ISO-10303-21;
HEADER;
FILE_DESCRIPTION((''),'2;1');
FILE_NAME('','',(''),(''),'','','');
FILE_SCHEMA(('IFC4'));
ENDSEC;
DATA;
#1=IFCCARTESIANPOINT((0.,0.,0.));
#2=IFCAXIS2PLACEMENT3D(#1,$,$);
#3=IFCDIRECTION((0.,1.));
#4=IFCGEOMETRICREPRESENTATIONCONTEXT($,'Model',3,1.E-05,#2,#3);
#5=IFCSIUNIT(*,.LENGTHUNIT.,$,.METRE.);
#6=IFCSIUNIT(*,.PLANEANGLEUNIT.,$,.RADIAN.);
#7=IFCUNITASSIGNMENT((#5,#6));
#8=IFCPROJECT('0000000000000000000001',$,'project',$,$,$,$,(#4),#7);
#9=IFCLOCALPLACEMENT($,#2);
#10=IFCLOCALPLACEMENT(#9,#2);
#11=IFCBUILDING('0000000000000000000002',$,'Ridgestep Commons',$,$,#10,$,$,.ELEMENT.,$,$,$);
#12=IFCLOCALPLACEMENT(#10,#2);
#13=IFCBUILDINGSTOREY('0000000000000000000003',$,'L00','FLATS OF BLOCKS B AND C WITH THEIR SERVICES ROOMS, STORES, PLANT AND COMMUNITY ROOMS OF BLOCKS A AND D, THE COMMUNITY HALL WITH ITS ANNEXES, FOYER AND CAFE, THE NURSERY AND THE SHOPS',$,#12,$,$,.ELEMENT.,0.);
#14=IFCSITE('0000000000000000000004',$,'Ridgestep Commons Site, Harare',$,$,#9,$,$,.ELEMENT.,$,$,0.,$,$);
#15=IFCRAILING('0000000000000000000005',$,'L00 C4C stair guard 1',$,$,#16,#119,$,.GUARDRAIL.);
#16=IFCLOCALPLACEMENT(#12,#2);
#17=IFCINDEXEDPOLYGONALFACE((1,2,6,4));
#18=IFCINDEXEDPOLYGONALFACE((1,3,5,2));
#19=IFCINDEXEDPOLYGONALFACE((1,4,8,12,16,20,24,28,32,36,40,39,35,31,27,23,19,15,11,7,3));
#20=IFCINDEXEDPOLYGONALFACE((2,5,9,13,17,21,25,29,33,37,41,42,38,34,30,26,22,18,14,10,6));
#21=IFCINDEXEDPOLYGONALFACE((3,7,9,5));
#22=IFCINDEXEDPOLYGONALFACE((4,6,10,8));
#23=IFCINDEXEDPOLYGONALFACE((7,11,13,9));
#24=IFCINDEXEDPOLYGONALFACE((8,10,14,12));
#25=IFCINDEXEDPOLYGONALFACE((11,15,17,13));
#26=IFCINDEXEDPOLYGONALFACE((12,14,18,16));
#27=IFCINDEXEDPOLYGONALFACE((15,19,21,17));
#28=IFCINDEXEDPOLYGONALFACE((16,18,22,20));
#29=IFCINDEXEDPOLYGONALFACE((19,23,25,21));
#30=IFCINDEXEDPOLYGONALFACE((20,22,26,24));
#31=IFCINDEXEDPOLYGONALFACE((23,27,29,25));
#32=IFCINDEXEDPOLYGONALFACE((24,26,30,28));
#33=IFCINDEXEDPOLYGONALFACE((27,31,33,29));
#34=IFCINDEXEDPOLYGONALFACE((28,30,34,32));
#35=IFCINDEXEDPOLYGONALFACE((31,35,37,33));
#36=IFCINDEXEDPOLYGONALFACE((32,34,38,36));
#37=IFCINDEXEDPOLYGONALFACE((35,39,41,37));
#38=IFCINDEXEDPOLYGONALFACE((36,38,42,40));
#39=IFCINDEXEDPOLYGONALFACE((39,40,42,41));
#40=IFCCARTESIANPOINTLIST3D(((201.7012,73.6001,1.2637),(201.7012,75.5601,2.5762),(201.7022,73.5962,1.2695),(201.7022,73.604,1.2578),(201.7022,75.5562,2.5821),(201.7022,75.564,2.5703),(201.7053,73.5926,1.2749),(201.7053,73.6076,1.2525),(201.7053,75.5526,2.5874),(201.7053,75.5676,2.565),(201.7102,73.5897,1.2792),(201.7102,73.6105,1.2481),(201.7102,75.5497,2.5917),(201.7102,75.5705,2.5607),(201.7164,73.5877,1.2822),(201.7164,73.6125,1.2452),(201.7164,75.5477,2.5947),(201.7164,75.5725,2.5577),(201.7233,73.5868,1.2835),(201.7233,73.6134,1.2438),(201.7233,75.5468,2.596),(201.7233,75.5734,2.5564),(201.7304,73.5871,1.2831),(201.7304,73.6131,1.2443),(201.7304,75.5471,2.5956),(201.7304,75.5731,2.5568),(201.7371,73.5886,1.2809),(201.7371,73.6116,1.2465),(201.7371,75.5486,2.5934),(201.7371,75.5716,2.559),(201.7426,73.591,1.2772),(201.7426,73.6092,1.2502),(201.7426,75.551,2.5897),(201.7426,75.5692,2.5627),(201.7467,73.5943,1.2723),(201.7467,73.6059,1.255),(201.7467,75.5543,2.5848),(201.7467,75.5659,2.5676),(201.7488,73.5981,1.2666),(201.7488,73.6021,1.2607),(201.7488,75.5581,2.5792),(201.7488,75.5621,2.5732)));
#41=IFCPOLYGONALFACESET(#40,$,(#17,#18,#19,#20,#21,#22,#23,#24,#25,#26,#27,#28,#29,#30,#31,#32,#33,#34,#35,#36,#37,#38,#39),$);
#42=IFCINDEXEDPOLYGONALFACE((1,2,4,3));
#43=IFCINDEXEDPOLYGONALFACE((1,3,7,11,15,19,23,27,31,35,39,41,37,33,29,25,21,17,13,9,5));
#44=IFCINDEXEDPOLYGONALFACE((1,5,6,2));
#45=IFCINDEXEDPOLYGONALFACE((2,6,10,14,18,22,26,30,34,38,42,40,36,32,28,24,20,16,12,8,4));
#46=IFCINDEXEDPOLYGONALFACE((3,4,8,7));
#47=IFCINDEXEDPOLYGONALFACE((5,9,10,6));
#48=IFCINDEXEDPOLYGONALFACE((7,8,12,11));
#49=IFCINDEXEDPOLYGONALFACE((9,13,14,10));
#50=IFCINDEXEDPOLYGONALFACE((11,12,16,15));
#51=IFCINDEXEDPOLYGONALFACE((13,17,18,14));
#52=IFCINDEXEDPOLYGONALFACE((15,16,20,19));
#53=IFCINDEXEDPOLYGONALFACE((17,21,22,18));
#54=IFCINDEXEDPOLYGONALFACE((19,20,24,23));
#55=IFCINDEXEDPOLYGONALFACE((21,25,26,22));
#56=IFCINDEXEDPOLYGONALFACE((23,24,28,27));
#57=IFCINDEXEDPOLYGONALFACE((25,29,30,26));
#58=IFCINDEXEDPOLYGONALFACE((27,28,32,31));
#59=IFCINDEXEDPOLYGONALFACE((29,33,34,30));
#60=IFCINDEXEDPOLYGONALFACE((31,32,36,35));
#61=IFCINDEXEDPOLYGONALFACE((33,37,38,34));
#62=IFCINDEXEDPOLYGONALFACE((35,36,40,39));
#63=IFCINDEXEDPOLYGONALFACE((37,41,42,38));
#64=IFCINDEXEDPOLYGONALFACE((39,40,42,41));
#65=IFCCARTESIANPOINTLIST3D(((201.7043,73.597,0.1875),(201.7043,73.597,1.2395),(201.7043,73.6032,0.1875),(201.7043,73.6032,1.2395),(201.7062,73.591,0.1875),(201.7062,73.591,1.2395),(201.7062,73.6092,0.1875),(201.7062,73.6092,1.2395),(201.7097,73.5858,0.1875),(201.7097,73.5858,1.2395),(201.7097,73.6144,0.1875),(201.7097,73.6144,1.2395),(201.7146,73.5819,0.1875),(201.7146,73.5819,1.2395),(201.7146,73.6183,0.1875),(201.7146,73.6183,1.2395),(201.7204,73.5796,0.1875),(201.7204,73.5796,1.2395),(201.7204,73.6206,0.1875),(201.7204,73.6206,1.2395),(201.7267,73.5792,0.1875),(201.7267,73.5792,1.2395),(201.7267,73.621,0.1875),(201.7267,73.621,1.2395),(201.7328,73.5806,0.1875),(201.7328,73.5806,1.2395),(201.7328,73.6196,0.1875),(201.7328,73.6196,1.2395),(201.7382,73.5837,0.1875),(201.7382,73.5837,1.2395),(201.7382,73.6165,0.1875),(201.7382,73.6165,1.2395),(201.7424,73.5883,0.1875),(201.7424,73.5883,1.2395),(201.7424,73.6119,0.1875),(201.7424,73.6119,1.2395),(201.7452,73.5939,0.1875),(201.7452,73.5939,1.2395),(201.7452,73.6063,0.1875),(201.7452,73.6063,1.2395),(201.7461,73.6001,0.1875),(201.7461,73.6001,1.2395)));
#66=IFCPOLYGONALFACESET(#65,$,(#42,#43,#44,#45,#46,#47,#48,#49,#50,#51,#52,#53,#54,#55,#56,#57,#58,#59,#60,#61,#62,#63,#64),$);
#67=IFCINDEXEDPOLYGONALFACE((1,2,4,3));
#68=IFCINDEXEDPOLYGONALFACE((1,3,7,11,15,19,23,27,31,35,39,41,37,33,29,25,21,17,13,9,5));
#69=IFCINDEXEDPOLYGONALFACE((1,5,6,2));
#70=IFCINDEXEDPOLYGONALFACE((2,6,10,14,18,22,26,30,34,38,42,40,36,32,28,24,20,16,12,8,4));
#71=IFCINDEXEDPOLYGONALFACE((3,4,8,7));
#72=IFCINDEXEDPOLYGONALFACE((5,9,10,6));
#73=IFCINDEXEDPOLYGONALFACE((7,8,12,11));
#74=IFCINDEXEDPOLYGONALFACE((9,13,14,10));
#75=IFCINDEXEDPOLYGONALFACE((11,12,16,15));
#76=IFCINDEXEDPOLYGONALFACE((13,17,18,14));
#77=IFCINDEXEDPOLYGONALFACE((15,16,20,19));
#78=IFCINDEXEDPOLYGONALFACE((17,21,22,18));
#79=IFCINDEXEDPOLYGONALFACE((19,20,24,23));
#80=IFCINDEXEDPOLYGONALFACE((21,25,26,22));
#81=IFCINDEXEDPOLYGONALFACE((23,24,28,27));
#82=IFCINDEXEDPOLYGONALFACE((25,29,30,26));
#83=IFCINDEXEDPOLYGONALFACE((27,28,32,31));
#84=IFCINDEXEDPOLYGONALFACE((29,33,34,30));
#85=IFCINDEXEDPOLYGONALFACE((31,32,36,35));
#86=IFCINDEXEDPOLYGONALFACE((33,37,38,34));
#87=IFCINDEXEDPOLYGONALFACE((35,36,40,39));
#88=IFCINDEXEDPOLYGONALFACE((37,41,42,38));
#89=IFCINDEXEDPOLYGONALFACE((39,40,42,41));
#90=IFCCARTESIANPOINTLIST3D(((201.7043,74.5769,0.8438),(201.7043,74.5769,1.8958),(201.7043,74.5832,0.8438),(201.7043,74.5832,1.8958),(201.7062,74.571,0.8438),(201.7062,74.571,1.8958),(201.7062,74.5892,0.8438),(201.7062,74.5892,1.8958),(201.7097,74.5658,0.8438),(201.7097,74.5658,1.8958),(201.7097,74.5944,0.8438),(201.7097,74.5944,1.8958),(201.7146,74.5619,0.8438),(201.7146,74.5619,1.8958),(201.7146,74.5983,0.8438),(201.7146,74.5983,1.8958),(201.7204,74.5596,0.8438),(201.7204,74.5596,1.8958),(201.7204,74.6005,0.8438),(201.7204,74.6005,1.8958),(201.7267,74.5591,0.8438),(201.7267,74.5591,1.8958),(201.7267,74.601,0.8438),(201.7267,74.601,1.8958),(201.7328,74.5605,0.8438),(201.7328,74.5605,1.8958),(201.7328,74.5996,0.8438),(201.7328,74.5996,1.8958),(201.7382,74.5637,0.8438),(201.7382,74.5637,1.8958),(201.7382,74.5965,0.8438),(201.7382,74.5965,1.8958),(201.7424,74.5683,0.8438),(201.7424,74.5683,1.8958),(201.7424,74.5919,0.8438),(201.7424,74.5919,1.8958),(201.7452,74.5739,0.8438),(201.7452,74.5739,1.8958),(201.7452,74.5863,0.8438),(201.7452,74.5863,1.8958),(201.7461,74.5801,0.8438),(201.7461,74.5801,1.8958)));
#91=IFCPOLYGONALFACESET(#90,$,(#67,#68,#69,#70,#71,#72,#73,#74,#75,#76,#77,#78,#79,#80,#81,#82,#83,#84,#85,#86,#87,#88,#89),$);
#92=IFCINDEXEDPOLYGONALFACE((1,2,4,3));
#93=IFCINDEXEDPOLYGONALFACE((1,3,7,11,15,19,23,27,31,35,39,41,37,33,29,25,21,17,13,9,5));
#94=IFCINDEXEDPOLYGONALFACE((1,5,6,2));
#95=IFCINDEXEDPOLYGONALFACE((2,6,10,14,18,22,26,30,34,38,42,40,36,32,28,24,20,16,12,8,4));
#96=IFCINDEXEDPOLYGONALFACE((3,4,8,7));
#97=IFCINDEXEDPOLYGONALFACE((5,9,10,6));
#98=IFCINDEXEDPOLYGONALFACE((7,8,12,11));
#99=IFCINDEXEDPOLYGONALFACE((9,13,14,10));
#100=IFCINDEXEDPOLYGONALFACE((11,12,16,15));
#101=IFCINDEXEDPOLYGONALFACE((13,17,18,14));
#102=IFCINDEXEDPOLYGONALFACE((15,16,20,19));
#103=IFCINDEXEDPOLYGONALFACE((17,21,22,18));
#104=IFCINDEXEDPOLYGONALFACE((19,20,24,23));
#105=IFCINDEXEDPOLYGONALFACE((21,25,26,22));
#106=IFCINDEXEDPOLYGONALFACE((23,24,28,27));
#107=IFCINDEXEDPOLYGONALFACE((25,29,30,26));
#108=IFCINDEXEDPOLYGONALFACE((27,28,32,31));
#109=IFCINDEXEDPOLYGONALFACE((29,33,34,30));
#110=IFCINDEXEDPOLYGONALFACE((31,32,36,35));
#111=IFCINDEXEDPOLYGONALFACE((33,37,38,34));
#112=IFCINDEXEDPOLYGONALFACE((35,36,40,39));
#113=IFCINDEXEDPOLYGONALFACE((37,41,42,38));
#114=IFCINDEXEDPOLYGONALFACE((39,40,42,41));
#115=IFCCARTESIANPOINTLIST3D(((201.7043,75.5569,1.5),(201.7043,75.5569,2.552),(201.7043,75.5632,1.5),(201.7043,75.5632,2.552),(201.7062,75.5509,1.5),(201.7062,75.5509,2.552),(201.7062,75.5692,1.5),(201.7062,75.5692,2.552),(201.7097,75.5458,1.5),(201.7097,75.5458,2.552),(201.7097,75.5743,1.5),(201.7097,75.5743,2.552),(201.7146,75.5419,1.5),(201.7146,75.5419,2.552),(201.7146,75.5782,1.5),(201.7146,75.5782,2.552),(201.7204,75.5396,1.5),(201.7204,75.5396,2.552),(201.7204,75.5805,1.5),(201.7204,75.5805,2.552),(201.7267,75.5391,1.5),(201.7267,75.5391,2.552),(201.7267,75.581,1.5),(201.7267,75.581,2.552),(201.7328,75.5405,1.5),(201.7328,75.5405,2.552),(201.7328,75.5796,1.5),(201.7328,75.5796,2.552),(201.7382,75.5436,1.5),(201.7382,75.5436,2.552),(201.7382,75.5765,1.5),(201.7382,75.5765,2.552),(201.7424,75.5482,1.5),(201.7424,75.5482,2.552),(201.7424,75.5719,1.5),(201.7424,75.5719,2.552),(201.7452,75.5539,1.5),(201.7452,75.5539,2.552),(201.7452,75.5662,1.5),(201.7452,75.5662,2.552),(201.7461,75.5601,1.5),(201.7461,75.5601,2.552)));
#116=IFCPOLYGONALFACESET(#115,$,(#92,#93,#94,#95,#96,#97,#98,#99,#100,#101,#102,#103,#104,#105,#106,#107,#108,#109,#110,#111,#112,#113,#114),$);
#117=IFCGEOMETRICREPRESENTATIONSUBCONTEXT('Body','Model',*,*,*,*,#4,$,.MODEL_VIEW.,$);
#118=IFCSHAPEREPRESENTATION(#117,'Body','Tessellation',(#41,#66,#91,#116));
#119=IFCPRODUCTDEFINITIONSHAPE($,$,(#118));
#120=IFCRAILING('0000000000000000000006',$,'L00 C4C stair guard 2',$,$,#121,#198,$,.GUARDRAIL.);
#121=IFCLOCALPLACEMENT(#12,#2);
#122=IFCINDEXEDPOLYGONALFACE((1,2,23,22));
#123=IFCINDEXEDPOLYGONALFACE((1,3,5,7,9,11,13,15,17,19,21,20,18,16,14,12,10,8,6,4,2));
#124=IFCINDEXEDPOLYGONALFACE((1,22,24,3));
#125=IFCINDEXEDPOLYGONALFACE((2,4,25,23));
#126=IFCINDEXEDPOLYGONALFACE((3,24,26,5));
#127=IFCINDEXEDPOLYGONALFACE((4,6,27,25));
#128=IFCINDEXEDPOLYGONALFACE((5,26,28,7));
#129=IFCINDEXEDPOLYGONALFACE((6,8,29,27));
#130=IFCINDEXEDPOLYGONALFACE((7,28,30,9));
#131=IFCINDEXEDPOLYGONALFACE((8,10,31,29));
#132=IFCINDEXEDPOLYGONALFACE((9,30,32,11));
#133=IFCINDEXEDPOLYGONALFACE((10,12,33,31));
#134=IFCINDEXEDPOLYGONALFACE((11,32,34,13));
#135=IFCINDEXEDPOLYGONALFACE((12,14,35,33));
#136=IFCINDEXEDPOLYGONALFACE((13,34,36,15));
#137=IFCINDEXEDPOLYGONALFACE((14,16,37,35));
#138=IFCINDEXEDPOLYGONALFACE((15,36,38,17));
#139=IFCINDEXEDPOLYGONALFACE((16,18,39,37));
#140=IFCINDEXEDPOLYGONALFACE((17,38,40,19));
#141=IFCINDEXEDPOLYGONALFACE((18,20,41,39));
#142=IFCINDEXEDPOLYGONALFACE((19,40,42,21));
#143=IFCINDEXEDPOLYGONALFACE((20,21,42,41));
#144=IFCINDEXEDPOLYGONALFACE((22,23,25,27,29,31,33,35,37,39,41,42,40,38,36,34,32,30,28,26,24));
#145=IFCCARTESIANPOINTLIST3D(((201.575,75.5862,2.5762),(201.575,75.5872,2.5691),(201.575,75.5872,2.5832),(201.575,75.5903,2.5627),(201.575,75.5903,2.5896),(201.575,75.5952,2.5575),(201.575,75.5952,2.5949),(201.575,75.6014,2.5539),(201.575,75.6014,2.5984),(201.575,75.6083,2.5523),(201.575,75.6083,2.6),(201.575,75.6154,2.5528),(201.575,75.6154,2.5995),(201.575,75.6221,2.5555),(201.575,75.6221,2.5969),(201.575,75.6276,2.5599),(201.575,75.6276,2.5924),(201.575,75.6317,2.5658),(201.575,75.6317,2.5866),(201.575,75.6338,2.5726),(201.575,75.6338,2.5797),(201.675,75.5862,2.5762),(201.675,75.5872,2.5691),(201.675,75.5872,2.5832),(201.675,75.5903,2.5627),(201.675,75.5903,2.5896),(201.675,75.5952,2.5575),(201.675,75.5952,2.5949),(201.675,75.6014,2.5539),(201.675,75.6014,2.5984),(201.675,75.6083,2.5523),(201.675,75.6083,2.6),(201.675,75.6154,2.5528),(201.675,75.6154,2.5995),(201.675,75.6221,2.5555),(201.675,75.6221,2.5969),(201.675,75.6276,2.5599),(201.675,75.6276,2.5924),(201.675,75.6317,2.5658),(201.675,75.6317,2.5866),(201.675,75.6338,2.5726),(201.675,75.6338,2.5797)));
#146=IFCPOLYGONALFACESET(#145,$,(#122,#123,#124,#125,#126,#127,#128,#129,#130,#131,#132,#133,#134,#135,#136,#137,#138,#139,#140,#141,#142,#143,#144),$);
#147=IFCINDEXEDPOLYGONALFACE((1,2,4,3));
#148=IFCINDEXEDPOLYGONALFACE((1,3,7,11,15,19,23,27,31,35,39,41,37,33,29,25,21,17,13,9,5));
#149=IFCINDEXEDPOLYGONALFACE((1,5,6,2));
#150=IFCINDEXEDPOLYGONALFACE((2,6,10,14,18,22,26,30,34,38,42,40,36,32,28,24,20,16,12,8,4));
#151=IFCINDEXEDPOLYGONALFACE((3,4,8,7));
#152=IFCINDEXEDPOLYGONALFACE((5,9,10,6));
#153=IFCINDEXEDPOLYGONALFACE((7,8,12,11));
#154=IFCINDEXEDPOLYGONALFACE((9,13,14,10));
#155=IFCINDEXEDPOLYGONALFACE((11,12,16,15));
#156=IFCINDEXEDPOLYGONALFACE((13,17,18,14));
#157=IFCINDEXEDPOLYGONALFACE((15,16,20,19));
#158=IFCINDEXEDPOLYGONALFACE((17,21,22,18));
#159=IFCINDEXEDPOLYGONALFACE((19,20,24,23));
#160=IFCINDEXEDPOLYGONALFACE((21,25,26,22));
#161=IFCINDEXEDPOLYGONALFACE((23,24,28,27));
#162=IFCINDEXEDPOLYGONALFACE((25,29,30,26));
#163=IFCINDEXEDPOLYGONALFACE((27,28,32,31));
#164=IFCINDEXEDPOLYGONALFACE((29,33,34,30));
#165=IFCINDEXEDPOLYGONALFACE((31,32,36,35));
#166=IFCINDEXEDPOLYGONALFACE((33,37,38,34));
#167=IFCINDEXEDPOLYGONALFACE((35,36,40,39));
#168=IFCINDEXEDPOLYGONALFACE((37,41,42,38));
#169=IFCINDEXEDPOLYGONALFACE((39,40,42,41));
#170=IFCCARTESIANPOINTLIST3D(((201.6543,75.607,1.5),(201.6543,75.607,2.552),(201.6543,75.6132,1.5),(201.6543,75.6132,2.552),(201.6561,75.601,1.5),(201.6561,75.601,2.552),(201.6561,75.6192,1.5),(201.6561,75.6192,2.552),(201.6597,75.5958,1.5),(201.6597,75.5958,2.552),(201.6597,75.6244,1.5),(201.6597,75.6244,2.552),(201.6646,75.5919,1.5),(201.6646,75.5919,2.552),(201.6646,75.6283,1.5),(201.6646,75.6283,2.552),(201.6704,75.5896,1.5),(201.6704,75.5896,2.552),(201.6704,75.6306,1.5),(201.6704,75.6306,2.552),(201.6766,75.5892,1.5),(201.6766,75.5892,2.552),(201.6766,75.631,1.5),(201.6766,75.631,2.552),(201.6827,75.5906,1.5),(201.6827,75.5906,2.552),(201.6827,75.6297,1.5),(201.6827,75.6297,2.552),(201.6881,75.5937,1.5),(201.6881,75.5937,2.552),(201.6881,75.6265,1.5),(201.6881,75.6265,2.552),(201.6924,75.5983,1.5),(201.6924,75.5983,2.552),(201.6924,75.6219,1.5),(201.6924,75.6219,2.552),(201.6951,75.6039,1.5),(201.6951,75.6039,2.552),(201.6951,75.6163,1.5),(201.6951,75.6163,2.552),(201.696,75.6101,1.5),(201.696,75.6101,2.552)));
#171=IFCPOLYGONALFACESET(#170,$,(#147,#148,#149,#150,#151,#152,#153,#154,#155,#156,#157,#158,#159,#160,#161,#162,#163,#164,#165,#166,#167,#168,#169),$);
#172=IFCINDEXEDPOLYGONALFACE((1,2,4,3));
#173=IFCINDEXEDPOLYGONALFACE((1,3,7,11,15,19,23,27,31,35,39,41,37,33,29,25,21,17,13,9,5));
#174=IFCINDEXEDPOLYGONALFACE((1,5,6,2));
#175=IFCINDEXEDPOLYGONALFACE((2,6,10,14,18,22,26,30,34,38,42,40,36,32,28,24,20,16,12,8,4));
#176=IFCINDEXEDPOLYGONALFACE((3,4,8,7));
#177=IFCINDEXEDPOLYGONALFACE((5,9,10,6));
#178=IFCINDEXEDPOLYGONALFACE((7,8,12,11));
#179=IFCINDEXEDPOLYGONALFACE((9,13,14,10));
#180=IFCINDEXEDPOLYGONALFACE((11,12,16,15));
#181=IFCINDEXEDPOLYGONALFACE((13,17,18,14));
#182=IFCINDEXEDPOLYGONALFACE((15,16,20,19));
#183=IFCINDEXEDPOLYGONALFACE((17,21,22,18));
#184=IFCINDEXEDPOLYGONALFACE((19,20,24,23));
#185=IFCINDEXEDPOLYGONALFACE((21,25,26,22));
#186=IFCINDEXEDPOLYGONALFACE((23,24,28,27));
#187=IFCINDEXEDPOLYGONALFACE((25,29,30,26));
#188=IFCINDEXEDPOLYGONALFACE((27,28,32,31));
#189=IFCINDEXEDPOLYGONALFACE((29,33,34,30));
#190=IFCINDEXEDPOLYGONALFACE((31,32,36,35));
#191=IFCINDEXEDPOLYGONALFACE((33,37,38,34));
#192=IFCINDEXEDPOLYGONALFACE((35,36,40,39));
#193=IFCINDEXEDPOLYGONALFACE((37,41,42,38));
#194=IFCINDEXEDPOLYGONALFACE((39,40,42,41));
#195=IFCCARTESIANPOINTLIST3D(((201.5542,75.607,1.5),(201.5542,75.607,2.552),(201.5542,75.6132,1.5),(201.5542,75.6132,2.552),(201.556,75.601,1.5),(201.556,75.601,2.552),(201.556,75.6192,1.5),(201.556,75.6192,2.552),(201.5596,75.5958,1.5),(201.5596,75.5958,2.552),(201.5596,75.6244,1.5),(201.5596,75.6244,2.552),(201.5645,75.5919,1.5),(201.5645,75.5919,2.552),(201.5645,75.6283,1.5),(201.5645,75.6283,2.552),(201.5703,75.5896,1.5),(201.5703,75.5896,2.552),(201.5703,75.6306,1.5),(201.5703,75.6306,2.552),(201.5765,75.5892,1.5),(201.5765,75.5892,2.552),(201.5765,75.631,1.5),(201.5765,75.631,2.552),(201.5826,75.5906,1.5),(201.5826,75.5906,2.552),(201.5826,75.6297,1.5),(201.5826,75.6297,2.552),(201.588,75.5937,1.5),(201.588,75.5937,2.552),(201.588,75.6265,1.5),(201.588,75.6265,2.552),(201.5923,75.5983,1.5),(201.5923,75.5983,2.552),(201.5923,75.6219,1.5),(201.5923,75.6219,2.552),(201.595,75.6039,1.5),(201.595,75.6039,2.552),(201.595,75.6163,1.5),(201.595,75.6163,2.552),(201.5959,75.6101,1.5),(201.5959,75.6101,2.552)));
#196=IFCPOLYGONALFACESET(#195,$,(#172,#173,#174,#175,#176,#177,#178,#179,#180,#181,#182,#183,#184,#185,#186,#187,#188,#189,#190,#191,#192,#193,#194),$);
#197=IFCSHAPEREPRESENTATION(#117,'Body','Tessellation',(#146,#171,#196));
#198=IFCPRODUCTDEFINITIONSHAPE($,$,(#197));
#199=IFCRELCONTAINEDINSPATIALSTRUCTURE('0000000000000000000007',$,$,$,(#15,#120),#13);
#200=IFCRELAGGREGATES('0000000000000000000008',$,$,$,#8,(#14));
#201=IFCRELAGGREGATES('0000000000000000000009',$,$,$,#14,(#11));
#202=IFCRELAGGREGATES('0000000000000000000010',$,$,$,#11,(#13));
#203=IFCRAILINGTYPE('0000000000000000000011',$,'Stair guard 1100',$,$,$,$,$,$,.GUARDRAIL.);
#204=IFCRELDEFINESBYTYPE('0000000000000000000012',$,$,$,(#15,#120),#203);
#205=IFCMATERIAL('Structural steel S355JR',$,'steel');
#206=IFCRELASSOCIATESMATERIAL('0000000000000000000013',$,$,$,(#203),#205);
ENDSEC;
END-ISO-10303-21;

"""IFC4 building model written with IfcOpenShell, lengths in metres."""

from ifc_helpers import new_model, si_unit, direction, frame, origin, origin_2d, place, context, subcontext, project, spatial, circle, extrude, material, type_object, element, save


model = new_model("IFC4")

# Units and contexts
model_context = context("Model", 3, precision=1e-05, world=origin(), true_north=direction((0.0, 1.0)))
body_context = subcontext(model_context, "Body", "Model", "MODEL_VIEW")
ifc_project = project(units=[si_unit("LENGTHUNIT", "METRE"), si_unit("PLANEANGLEUNIT", "RADIAN")], contexts=[model_context])

# Site, building, storey
site_placement = place(None, origin())
site = spatial("IfcSite", under=ifc_project, at=site_placement, Name="Ridgestep Commons Site, Harare", CompositionType="ELEMENT", RefElevation=0.0)
building_placement = place(site_placement, origin())
building = spatial("IfcBuilding", under=site, at=building_placement, Name="Ridgestep Commons", CompositionType="ELEMENT")
storey_placement = place(building_placement, origin())
storey = spatial("IfcBuildingStorey", under=building, at=storey_placement, Name="L00", Description="FLATS OF BLOCKS B AND C WITH THEIR SERVICES ROOMS, STORES, PLANT AND COMMUNITY ROOMS OF BLOCKS A AND D, THE COMMUNITY HALL WITH ITS ANNEXES, FOYER AND CAFE, THE NURSERY AND THE SHOPS", CompositionType="ELEMENT", Elevation=0.0)

# Railings
ifc_material_1 = material(Name="Structural steel S355JR", Category="steel")
railing_type_1 = type_object("IfcRailingType", Name="Stair guard 1100", PredefinedType="GUARDRAIL", material=ifc_material_1)
railing_1_placement = place(storey_placement, frame((201.7251, 73.6001, 0.1875)))
element("IfcRailing", 1, at=railing_1_placement, inside=storey, type_object=railing_type_1, Name="L00 C4C stair guard 1", PredefinedType="GUARDRAIL", context=body_context, shape_type="SweptSolid", body=[
    extrude(circle(Radius=0.0239, at=origin_2d()), frame((0.0, 0.0, 1.0762), z_axis=(0.0, 0.830902, 0.556419), x_axis=(-1.0, 0.0, 0.0)), (0.0, 0.0, 1.0), 2.3589),
    extrude(circle(Radius=0.021, at=origin_2d()), origin(), (0.0, 0.0, 1.0), 1.052),
    extrude(circle(Radius=0.021, at=origin_2d()), frame((0.0, 0.98, 0.6562)), (0.0, 0.0, 1.0), 1.052),
    extrude(circle(Radius=0.021, at=origin_2d()), frame((0.0, 1.96, 1.3125)), (0.0, 0.0, 1.0), 1.052),
])
railing_2_placement = place(storey_placement, frame((201.675, 75.6101, 1.5)))
element("IfcRailing", 2, at=railing_2_placement, inside=storey, type_object=railing_type_1, Name="L00 C4C stair guard 2", PredefinedType="GUARDRAIL", context=body_context, shape_type="SweptSolid", body=[
    extrude(circle(Radius=0.0239, at=origin_2d()), frame((0.0, 0.0, 1.0762), z_axis=(-1.0, 0.0, 0.0), x_axis=(0.0, -1.0, 0.0)), (0.0, 0.0, 1.0), 0.1001),
    extrude(circle(Radius=0.021, at=origin_2d()), origin(), (0.0, 0.0, 1.0), 1.052),
    extrude(circle(Radius=0.021, at=origin_2d()), frame((-0.1001, 0.0, 0.0)), (0.0, 0.0, 1.0), 1.052),
])

save(model, "model.ifc")
